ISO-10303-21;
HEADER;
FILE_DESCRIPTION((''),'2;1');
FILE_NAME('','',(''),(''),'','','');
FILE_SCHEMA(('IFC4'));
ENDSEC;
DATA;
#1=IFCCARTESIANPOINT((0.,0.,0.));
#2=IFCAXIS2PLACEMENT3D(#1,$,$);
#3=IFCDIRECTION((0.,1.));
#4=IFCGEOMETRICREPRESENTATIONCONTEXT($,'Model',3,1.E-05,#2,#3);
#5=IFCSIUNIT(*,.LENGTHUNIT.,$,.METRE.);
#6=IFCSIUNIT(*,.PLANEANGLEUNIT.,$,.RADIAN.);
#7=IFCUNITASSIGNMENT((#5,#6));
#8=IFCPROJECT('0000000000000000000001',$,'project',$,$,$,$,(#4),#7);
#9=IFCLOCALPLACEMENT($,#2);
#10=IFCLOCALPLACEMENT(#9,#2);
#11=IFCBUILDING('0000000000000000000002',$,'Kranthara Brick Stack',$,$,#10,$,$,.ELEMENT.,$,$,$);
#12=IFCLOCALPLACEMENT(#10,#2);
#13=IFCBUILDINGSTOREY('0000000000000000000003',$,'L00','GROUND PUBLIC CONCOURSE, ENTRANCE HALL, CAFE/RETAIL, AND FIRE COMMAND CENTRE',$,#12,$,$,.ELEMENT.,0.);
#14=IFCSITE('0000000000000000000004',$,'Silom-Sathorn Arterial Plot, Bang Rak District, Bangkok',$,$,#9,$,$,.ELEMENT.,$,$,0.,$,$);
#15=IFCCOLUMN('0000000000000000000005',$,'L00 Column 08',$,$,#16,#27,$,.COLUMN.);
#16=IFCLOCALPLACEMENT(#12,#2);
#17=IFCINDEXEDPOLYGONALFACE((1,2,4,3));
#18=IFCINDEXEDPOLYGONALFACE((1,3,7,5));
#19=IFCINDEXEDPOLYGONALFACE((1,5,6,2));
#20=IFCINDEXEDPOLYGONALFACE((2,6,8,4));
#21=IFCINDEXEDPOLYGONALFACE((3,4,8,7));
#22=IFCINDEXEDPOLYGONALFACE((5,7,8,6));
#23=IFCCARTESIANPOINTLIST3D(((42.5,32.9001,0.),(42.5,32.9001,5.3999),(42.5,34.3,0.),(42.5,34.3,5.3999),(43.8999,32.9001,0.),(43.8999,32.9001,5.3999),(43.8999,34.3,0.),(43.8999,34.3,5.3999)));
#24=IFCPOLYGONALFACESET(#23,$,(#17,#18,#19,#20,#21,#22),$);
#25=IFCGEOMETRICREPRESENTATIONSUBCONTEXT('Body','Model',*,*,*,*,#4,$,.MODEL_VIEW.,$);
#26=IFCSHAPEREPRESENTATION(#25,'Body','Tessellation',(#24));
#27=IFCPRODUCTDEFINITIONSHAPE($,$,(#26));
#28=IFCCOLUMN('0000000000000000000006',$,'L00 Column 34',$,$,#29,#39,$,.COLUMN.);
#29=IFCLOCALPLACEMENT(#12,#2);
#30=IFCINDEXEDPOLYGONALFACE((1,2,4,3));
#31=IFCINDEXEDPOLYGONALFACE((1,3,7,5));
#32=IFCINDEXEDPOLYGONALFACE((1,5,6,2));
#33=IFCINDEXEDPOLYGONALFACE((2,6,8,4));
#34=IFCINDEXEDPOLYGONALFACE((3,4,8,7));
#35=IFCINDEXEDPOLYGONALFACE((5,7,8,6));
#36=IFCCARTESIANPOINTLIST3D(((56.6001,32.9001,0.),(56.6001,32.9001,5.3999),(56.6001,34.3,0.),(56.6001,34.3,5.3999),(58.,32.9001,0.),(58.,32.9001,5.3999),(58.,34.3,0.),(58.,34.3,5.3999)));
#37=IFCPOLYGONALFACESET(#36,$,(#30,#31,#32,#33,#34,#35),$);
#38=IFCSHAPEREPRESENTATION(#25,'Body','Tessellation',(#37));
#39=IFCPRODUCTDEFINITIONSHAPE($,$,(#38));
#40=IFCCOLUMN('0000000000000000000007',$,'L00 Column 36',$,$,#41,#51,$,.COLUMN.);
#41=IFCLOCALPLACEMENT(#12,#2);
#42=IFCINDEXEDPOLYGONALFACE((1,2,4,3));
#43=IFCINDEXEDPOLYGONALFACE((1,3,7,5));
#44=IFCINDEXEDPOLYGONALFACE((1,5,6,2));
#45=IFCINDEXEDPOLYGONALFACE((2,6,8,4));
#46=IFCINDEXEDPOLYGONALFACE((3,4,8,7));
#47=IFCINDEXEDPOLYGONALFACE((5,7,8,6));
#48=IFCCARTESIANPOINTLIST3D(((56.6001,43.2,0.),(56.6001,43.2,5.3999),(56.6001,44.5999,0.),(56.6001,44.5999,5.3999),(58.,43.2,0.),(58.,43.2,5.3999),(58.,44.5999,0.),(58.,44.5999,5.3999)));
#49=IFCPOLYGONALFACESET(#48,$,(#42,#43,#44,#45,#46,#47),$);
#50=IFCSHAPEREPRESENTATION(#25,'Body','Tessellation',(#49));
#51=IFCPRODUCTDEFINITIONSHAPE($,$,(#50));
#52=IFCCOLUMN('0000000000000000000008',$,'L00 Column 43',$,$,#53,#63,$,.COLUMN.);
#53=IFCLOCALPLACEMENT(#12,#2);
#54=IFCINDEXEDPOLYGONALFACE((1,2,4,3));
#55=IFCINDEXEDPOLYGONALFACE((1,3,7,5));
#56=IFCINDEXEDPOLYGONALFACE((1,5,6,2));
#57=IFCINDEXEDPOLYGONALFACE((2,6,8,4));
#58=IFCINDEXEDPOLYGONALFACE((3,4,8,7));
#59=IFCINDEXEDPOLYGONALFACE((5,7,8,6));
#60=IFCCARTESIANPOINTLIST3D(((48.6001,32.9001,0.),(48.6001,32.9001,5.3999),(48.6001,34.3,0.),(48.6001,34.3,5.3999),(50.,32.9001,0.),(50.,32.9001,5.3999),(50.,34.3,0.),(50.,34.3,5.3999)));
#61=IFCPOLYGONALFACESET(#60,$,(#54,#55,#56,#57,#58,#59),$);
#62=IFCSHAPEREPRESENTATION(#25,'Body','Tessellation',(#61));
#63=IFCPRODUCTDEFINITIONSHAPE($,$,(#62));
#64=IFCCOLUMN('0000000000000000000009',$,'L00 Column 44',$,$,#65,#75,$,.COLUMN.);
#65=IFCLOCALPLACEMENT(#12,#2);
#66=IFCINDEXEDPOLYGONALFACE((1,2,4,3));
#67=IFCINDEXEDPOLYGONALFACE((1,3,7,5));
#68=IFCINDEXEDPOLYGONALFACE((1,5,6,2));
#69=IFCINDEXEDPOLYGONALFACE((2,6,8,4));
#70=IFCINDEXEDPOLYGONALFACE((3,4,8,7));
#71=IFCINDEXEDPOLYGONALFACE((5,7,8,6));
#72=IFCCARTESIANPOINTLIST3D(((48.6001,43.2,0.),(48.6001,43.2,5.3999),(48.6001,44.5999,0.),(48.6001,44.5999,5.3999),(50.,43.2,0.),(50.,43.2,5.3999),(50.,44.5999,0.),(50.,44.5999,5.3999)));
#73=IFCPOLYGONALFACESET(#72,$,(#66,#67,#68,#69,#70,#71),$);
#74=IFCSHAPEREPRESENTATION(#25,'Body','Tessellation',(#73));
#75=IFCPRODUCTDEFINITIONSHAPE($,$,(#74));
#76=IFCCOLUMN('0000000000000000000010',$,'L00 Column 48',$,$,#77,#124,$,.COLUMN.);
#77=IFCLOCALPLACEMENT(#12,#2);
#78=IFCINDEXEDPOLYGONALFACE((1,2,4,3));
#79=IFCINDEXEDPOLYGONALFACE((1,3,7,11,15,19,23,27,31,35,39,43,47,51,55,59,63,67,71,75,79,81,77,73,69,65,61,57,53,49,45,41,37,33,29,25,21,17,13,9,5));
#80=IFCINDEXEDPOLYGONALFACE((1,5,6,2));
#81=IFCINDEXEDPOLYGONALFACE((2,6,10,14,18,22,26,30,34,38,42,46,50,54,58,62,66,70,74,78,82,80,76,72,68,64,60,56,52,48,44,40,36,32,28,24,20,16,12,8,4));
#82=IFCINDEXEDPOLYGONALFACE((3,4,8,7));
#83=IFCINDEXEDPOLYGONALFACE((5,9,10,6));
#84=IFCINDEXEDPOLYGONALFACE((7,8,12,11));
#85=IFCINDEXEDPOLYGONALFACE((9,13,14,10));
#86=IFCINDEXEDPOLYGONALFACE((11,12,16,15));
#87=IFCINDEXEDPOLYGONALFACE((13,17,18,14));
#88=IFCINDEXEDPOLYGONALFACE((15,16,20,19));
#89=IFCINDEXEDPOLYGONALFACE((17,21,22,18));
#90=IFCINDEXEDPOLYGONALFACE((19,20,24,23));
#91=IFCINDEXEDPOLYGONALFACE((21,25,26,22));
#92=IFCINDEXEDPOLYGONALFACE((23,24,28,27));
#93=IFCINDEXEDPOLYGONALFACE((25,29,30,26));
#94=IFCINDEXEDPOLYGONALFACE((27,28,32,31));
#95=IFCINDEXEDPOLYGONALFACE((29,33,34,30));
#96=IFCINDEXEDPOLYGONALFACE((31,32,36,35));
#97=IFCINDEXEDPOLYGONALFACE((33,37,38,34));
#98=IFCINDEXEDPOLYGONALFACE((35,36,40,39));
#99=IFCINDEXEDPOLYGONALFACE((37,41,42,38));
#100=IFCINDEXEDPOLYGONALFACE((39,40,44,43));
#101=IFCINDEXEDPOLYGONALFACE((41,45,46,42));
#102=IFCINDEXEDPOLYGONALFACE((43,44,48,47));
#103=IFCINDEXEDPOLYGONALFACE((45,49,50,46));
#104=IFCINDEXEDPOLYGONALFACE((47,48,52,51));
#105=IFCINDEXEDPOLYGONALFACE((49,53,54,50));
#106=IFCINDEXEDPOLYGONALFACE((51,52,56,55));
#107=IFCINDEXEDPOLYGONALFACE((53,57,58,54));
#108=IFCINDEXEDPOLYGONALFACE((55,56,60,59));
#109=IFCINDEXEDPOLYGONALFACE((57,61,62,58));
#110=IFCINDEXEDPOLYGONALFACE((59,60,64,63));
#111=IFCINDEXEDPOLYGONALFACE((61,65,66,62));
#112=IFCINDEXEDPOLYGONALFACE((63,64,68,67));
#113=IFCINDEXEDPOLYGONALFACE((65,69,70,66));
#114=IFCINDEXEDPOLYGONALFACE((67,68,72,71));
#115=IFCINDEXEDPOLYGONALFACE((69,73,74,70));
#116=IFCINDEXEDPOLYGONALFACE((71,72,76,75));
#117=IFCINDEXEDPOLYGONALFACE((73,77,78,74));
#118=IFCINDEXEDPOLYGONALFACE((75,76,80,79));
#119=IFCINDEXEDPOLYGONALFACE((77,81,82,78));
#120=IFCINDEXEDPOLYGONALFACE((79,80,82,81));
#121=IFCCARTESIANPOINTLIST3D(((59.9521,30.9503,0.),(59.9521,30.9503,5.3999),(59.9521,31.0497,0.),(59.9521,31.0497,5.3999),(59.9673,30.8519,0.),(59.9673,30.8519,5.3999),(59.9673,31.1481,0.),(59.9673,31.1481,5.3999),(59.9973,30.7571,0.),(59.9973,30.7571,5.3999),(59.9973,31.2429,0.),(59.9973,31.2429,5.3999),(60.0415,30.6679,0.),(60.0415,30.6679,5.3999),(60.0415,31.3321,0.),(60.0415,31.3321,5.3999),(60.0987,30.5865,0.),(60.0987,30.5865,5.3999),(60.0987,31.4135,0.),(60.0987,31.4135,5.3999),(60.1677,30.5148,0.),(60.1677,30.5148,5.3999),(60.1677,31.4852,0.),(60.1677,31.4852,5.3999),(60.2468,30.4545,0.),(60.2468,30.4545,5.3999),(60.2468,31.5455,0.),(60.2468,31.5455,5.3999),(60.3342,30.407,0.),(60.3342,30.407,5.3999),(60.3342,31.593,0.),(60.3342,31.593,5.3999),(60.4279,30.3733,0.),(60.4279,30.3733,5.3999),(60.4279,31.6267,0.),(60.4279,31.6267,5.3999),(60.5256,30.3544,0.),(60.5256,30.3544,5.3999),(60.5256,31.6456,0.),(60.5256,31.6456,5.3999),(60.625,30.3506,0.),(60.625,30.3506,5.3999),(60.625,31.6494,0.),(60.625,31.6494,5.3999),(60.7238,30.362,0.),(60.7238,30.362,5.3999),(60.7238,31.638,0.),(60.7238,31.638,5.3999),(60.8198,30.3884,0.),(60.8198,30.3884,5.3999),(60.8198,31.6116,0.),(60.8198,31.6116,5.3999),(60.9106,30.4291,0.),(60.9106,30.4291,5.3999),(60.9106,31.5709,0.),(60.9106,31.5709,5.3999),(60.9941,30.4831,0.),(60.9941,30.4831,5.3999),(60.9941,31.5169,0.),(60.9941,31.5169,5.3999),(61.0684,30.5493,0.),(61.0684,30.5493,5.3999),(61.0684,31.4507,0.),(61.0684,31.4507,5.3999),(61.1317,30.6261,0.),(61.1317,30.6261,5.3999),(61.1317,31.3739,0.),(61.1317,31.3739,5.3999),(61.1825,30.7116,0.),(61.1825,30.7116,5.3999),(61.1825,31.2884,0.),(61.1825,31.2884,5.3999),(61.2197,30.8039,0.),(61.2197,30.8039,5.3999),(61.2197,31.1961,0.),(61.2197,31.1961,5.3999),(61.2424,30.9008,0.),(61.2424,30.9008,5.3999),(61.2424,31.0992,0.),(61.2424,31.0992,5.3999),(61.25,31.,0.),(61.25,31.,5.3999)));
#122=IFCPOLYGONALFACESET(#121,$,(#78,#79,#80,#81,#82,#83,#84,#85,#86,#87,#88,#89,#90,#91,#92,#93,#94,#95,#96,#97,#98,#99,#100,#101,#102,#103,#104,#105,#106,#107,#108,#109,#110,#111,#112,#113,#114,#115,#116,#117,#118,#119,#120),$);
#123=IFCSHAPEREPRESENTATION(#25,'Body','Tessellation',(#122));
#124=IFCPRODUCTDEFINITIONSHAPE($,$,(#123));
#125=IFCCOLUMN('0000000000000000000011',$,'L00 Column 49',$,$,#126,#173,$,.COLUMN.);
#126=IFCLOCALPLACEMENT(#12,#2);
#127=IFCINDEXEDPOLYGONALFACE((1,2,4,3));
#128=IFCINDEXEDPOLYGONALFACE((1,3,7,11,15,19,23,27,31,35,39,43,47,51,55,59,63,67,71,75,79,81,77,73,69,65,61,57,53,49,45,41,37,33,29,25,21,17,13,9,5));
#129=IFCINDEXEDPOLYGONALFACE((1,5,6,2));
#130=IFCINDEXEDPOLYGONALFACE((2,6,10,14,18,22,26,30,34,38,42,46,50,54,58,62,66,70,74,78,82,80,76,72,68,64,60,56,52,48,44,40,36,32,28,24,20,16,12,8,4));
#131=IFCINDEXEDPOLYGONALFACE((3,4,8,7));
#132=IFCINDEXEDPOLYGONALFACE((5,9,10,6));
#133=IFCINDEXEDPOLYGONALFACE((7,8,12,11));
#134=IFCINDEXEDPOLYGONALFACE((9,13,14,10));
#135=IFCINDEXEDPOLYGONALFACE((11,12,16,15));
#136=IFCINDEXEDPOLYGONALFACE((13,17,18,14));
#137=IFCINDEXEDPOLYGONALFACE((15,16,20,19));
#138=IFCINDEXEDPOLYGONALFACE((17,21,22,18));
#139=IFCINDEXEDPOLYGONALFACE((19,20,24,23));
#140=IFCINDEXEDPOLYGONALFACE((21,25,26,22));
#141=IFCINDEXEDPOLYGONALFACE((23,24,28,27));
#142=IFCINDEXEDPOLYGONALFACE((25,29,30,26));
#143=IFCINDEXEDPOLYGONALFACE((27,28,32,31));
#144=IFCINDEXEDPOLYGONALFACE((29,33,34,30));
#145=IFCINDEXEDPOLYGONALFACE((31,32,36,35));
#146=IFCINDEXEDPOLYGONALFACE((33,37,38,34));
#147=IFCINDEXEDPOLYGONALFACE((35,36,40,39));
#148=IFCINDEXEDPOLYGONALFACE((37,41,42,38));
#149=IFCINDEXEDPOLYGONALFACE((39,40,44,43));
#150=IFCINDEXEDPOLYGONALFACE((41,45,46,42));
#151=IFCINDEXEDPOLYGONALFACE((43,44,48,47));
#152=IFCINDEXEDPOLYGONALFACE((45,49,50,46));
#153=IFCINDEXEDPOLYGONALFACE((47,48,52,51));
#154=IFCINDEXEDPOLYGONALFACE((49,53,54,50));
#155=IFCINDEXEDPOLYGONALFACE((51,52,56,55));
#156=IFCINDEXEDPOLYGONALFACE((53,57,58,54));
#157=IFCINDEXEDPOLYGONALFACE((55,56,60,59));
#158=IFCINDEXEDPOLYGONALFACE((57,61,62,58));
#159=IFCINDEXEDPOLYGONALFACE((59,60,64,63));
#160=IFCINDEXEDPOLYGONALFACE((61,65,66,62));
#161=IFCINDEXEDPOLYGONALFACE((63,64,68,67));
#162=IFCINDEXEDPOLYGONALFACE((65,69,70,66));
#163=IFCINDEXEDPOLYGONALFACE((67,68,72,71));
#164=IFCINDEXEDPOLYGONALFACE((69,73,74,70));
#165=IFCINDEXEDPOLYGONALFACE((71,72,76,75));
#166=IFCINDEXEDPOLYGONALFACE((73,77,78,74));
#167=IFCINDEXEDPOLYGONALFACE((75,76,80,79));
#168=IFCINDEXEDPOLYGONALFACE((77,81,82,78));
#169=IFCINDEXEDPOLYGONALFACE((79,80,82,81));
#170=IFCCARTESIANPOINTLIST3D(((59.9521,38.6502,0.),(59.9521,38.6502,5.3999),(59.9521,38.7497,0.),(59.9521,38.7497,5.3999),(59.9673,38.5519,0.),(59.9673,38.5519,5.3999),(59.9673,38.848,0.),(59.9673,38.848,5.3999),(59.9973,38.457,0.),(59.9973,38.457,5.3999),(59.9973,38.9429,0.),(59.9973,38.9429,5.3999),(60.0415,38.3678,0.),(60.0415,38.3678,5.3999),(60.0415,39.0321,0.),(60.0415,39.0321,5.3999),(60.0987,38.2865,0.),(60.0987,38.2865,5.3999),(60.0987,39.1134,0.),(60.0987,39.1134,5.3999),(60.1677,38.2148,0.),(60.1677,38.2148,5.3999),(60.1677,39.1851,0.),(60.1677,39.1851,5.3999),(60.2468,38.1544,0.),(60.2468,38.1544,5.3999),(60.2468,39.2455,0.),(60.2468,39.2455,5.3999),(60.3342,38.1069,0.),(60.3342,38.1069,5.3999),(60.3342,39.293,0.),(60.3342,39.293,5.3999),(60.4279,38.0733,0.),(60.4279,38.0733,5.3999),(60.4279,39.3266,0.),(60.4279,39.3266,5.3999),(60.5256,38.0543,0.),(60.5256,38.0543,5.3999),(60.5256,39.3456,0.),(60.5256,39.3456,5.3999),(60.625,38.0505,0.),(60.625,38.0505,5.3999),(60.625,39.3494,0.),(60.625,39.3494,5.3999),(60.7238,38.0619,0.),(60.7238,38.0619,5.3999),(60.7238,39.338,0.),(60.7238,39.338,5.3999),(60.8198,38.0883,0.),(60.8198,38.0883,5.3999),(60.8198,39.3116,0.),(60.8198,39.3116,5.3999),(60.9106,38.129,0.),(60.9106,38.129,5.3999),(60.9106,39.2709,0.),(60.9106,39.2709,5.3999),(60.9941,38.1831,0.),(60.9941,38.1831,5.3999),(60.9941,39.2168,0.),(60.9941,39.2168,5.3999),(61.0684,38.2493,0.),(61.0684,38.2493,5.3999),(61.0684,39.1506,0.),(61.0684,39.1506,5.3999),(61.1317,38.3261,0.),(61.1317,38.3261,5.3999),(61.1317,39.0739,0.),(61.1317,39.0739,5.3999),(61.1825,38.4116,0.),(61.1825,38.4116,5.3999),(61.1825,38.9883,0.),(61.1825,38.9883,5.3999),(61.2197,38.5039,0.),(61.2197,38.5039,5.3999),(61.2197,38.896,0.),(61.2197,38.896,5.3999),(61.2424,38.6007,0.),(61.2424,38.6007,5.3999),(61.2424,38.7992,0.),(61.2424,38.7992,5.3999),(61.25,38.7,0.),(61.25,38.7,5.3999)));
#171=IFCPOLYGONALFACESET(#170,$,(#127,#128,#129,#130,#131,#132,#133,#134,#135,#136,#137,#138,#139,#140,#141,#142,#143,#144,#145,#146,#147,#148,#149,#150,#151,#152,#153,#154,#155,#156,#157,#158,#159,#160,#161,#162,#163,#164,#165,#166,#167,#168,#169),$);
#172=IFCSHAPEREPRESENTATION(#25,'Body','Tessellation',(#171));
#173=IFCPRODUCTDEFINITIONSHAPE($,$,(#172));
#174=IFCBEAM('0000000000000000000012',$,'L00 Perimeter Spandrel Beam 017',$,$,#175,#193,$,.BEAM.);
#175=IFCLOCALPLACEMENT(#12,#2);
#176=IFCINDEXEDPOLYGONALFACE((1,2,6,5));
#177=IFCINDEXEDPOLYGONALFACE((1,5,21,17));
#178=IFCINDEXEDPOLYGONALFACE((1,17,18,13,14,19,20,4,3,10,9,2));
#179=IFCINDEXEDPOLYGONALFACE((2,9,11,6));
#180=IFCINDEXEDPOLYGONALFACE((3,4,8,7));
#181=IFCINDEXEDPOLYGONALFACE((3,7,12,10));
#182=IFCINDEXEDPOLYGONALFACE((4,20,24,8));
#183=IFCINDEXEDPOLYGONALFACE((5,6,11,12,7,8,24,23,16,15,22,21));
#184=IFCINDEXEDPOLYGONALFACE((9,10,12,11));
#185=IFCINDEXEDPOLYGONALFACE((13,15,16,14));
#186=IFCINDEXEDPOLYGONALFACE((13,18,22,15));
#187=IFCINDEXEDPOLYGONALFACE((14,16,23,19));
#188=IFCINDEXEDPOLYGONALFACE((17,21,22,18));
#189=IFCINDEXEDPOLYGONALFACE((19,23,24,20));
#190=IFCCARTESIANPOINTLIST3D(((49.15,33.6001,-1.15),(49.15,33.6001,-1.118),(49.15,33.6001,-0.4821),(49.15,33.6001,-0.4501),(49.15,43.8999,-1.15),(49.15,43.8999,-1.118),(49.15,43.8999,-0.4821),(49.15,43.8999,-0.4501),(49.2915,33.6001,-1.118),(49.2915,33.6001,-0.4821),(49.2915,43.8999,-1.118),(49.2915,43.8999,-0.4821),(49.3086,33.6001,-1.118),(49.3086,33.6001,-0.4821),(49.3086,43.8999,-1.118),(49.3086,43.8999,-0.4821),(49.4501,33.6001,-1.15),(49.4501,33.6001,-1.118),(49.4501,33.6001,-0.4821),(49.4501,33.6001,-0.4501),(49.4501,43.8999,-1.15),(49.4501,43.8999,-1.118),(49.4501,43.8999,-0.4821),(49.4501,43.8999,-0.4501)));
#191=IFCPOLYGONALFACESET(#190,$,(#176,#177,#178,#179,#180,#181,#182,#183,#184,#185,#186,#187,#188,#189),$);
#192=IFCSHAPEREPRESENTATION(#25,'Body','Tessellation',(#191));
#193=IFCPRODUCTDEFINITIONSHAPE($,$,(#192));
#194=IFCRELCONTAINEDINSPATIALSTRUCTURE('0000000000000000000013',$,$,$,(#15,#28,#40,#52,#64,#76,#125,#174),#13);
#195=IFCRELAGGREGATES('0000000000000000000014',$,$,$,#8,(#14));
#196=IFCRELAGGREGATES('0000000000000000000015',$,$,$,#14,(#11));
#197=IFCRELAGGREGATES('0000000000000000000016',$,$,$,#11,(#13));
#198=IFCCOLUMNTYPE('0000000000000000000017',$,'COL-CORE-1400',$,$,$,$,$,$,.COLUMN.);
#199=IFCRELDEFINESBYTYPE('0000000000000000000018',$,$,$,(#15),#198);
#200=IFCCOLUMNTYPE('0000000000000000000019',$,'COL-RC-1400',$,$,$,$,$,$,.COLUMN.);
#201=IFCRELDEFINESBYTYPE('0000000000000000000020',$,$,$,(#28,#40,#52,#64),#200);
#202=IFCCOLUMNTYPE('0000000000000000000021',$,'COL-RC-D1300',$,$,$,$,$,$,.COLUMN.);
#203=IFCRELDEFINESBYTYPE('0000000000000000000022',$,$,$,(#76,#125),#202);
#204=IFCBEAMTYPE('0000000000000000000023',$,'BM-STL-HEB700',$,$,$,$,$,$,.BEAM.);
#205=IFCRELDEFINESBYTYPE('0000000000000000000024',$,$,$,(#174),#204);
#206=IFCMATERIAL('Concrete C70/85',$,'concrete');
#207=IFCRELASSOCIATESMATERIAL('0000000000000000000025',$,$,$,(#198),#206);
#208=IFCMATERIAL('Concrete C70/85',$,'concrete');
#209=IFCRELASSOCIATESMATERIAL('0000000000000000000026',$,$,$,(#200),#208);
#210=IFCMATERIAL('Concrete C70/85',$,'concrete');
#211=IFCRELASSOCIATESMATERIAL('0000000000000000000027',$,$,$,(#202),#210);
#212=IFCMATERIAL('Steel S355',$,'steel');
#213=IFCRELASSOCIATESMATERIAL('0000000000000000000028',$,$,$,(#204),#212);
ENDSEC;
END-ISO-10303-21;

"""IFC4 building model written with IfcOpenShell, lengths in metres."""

from ifc_helpers import new_model, si_unit, direction, frame, origin, origin_2d, place, context, subcontext, project, spatial, rectangle, circle, i_section, extrude, material, material_profile, profile_set, type_object, element, save


model = new_model("IFC4")

# Units and contexts
model_context = context("Model", 3, precision=1e-05, world=origin(), true_north=direction((0.0, 1.0)))
body_context = subcontext(model_context, "Body", "Model", "MODEL_VIEW")
ifc_project = project(units=[si_unit("LENGTHUNIT", "METRE"), si_unit("PLANEANGLEUNIT", "RADIAN")], contexts=[model_context])

# Site, building, storey
site_placement = place(None, origin())
site = spatial("IfcSite", under=ifc_project, at=site_placement, Name="Silom-Sathorn Arterial Plot, Bang Rak District, Bangkok", CompositionType="ELEMENT", RefElevation=0.0)
building_placement = place(site_placement, origin())
building = spatial("IfcBuilding", under=site, at=building_placement, Name="Kranthara Brick Stack", CompositionType="ELEMENT")
storey_placement = place(building_placement, origin())
storey = spatial("IfcBuildingStorey", under=building, at=storey_placement, Name="L00", Description="GROUND PUBLIC CONCOURSE, ENTRANCE HALL, CAFE/RETAIL, AND FIRE COMMAND CENTRE", CompositionType="ELEMENT", Elevation=0.0)

# Columns
ifc_material_1 = material(Name="Concrete C70/85", Category="concrete")
ifc_material_profile_1 = material_profile(ifc_material_1, rectangle(XDim=1.3999, YDim=1.3999, at=origin_2d()), Name="RC 1400x1400")
ifc_profile_set_1 = profile_set([ifc_material_profile_1], Name="Concrete C70/85")
column_type_1 = type_object("IfcColumnType", Name="COL-CORE-1400", PredefinedType="COLUMN", material=ifc_profile_set_1)
column_placement = place(storey_placement, frame((43.2, 33.6001, 0.0), z_axis=(0.0, 0.0, 1.0), x_axis=(1.0, 0.0, 0.0)))
element("IfcColumn", 1, at=column_placement, inside=storey, type_object=column_type_1, Name="L00 Column 08", PredefinedType="COLUMN", context=body_context, shape_type="SweptSolid", body=[
    extrude(rectangle(XDim=1.3999, YDim=1.3999, at=origin_2d()), origin(), (0.0, 0.0, 1.0), 5.3999),
])
ifc_material_2 = material(Name="Concrete C70/85", Category="concrete")
ifc_material_profile_2 = material_profile(ifc_material_2, rectangle(XDim=1.3999, YDim=1.3999, at=origin_2d()), Name="RC 1400x1400")
ifc_profile_set_2 = profile_set([ifc_material_profile_2], Name="Concrete C70/85")
column_type_2 = type_object("IfcColumnType", Name="COL-RC-1400", PredefinedType="COLUMN", material=ifc_profile_set_2)
for number, where, z_axis, x_axis, name in (
    (2, (57.3, 33.6001, 0.0), (0.0, 0.0, 1.0), (1.0, 0.0, 0.0), "L00 Column 34"),
    (3, (57.3, 43.8999, 0.0), (0.0, 0.0, 1.0), (1.0, 0.0, 0.0), "L00 Column 36"),
    (4, (49.3, 33.6001, 0.0), (0.0, 0.0, 1.0), (1.0, 0.0, 0.0), "L00 Column 43"),
    (5, (49.3, 43.8999, 0.0), (0.0, 0.0, 1.0), (1.0, 0.0, 0.0), "L00 Column 44"),
):
    element("IfcColumn", number, at=place(storey_placement, frame(where, z_axis=z_axis, x_axis=x_axis)), inside=storey, type_object=column_type_2, Name=name, PredefinedType="COLUMN", context=body_context, shape_type="SweptSolid", body=[
        extrude(rectangle(XDim=1.3999, YDim=1.3999, at=origin_2d()), origin(), (0.0, 0.0, 1.0), 5.3999),
    ])
ifc_material_3 = material(Name="Concrete C70/85", Category="concrete")
ifc_material_profile_3 = material_profile(ifc_material_3, circle(Radius=0.6499, at=origin_2d()), Name="RC D1300")
ifc_profile_set_3 = profile_set([ifc_material_profile_3], Name="Concrete C70/85")
column_type_3 = type_object("IfcColumnType", Name="COL-RC-D1300", PredefinedType="COLUMN", material=ifc_profile_set_3)
for number, where, z_axis, x_axis, name in (
    (6, (60.6001, 31.0, 0.0), (0.0, 0.0, 1.0), (1.0, 0.0, 0.0), "L00 Column 48"),
    (7, (60.6001, 38.7, 0.0), (0.0, 0.0, 1.0), (1.0, 0.0, 0.0), "L00 Column 49"),
):
    element("IfcColumn", number, at=place(storey_placement, frame(where, z_axis=z_axis, x_axis=x_axis)), inside=storey, type_object=column_type_3, Name=name, PredefinedType="COLUMN", context=body_context, shape_type="SweptSolid", body=[
        extrude(circle(Radius=0.6499, at=origin_2d()), origin(), (0.0, 0.0, 1.0), 5.3999),
    ])

# Beam
ifc_material_4 = material(Name="Steel S355", Category="steel")
ifc_material_profile_4 = material_profile(ifc_material_4, i_section(OverallWidth=0.3, OverallDepth=0.7, WebThickness=0.0171, FlangeThickness=0.032, at=origin_2d()), Name="HEB 700")
ifc_profile_set_4 = profile_set([ifc_material_profile_4], Name="Steel S355")
beam_type = type_object("IfcBeamType", Name="BM-STL-HEB700", PredefinedType="BEAM", material=ifc_profile_set_4)
beam_1_placement = place(storey_placement, frame((49.3, 33.6001, -0.8), z_axis=(0.0, 1.0, 0.0), x_axis=(-1.0, 0.0, 0.0)))
element("IfcBeam", 8, at=beam_1_placement, inside=storey, type_object=beam_type, Name="L00 Perimeter Spandrel Beam 017", PredefinedType="BEAM", context=body_context, shape_type="SweptSolid", body=[
    extrude(i_section(OverallWidth=0.3, OverallDepth=0.7, WebThickness=0.0171, FlangeThickness=0.032, at=origin_2d()), origin(), (0.0, 0.0, 1.0), 10.2998),
])

save(model, "model.ifc")
